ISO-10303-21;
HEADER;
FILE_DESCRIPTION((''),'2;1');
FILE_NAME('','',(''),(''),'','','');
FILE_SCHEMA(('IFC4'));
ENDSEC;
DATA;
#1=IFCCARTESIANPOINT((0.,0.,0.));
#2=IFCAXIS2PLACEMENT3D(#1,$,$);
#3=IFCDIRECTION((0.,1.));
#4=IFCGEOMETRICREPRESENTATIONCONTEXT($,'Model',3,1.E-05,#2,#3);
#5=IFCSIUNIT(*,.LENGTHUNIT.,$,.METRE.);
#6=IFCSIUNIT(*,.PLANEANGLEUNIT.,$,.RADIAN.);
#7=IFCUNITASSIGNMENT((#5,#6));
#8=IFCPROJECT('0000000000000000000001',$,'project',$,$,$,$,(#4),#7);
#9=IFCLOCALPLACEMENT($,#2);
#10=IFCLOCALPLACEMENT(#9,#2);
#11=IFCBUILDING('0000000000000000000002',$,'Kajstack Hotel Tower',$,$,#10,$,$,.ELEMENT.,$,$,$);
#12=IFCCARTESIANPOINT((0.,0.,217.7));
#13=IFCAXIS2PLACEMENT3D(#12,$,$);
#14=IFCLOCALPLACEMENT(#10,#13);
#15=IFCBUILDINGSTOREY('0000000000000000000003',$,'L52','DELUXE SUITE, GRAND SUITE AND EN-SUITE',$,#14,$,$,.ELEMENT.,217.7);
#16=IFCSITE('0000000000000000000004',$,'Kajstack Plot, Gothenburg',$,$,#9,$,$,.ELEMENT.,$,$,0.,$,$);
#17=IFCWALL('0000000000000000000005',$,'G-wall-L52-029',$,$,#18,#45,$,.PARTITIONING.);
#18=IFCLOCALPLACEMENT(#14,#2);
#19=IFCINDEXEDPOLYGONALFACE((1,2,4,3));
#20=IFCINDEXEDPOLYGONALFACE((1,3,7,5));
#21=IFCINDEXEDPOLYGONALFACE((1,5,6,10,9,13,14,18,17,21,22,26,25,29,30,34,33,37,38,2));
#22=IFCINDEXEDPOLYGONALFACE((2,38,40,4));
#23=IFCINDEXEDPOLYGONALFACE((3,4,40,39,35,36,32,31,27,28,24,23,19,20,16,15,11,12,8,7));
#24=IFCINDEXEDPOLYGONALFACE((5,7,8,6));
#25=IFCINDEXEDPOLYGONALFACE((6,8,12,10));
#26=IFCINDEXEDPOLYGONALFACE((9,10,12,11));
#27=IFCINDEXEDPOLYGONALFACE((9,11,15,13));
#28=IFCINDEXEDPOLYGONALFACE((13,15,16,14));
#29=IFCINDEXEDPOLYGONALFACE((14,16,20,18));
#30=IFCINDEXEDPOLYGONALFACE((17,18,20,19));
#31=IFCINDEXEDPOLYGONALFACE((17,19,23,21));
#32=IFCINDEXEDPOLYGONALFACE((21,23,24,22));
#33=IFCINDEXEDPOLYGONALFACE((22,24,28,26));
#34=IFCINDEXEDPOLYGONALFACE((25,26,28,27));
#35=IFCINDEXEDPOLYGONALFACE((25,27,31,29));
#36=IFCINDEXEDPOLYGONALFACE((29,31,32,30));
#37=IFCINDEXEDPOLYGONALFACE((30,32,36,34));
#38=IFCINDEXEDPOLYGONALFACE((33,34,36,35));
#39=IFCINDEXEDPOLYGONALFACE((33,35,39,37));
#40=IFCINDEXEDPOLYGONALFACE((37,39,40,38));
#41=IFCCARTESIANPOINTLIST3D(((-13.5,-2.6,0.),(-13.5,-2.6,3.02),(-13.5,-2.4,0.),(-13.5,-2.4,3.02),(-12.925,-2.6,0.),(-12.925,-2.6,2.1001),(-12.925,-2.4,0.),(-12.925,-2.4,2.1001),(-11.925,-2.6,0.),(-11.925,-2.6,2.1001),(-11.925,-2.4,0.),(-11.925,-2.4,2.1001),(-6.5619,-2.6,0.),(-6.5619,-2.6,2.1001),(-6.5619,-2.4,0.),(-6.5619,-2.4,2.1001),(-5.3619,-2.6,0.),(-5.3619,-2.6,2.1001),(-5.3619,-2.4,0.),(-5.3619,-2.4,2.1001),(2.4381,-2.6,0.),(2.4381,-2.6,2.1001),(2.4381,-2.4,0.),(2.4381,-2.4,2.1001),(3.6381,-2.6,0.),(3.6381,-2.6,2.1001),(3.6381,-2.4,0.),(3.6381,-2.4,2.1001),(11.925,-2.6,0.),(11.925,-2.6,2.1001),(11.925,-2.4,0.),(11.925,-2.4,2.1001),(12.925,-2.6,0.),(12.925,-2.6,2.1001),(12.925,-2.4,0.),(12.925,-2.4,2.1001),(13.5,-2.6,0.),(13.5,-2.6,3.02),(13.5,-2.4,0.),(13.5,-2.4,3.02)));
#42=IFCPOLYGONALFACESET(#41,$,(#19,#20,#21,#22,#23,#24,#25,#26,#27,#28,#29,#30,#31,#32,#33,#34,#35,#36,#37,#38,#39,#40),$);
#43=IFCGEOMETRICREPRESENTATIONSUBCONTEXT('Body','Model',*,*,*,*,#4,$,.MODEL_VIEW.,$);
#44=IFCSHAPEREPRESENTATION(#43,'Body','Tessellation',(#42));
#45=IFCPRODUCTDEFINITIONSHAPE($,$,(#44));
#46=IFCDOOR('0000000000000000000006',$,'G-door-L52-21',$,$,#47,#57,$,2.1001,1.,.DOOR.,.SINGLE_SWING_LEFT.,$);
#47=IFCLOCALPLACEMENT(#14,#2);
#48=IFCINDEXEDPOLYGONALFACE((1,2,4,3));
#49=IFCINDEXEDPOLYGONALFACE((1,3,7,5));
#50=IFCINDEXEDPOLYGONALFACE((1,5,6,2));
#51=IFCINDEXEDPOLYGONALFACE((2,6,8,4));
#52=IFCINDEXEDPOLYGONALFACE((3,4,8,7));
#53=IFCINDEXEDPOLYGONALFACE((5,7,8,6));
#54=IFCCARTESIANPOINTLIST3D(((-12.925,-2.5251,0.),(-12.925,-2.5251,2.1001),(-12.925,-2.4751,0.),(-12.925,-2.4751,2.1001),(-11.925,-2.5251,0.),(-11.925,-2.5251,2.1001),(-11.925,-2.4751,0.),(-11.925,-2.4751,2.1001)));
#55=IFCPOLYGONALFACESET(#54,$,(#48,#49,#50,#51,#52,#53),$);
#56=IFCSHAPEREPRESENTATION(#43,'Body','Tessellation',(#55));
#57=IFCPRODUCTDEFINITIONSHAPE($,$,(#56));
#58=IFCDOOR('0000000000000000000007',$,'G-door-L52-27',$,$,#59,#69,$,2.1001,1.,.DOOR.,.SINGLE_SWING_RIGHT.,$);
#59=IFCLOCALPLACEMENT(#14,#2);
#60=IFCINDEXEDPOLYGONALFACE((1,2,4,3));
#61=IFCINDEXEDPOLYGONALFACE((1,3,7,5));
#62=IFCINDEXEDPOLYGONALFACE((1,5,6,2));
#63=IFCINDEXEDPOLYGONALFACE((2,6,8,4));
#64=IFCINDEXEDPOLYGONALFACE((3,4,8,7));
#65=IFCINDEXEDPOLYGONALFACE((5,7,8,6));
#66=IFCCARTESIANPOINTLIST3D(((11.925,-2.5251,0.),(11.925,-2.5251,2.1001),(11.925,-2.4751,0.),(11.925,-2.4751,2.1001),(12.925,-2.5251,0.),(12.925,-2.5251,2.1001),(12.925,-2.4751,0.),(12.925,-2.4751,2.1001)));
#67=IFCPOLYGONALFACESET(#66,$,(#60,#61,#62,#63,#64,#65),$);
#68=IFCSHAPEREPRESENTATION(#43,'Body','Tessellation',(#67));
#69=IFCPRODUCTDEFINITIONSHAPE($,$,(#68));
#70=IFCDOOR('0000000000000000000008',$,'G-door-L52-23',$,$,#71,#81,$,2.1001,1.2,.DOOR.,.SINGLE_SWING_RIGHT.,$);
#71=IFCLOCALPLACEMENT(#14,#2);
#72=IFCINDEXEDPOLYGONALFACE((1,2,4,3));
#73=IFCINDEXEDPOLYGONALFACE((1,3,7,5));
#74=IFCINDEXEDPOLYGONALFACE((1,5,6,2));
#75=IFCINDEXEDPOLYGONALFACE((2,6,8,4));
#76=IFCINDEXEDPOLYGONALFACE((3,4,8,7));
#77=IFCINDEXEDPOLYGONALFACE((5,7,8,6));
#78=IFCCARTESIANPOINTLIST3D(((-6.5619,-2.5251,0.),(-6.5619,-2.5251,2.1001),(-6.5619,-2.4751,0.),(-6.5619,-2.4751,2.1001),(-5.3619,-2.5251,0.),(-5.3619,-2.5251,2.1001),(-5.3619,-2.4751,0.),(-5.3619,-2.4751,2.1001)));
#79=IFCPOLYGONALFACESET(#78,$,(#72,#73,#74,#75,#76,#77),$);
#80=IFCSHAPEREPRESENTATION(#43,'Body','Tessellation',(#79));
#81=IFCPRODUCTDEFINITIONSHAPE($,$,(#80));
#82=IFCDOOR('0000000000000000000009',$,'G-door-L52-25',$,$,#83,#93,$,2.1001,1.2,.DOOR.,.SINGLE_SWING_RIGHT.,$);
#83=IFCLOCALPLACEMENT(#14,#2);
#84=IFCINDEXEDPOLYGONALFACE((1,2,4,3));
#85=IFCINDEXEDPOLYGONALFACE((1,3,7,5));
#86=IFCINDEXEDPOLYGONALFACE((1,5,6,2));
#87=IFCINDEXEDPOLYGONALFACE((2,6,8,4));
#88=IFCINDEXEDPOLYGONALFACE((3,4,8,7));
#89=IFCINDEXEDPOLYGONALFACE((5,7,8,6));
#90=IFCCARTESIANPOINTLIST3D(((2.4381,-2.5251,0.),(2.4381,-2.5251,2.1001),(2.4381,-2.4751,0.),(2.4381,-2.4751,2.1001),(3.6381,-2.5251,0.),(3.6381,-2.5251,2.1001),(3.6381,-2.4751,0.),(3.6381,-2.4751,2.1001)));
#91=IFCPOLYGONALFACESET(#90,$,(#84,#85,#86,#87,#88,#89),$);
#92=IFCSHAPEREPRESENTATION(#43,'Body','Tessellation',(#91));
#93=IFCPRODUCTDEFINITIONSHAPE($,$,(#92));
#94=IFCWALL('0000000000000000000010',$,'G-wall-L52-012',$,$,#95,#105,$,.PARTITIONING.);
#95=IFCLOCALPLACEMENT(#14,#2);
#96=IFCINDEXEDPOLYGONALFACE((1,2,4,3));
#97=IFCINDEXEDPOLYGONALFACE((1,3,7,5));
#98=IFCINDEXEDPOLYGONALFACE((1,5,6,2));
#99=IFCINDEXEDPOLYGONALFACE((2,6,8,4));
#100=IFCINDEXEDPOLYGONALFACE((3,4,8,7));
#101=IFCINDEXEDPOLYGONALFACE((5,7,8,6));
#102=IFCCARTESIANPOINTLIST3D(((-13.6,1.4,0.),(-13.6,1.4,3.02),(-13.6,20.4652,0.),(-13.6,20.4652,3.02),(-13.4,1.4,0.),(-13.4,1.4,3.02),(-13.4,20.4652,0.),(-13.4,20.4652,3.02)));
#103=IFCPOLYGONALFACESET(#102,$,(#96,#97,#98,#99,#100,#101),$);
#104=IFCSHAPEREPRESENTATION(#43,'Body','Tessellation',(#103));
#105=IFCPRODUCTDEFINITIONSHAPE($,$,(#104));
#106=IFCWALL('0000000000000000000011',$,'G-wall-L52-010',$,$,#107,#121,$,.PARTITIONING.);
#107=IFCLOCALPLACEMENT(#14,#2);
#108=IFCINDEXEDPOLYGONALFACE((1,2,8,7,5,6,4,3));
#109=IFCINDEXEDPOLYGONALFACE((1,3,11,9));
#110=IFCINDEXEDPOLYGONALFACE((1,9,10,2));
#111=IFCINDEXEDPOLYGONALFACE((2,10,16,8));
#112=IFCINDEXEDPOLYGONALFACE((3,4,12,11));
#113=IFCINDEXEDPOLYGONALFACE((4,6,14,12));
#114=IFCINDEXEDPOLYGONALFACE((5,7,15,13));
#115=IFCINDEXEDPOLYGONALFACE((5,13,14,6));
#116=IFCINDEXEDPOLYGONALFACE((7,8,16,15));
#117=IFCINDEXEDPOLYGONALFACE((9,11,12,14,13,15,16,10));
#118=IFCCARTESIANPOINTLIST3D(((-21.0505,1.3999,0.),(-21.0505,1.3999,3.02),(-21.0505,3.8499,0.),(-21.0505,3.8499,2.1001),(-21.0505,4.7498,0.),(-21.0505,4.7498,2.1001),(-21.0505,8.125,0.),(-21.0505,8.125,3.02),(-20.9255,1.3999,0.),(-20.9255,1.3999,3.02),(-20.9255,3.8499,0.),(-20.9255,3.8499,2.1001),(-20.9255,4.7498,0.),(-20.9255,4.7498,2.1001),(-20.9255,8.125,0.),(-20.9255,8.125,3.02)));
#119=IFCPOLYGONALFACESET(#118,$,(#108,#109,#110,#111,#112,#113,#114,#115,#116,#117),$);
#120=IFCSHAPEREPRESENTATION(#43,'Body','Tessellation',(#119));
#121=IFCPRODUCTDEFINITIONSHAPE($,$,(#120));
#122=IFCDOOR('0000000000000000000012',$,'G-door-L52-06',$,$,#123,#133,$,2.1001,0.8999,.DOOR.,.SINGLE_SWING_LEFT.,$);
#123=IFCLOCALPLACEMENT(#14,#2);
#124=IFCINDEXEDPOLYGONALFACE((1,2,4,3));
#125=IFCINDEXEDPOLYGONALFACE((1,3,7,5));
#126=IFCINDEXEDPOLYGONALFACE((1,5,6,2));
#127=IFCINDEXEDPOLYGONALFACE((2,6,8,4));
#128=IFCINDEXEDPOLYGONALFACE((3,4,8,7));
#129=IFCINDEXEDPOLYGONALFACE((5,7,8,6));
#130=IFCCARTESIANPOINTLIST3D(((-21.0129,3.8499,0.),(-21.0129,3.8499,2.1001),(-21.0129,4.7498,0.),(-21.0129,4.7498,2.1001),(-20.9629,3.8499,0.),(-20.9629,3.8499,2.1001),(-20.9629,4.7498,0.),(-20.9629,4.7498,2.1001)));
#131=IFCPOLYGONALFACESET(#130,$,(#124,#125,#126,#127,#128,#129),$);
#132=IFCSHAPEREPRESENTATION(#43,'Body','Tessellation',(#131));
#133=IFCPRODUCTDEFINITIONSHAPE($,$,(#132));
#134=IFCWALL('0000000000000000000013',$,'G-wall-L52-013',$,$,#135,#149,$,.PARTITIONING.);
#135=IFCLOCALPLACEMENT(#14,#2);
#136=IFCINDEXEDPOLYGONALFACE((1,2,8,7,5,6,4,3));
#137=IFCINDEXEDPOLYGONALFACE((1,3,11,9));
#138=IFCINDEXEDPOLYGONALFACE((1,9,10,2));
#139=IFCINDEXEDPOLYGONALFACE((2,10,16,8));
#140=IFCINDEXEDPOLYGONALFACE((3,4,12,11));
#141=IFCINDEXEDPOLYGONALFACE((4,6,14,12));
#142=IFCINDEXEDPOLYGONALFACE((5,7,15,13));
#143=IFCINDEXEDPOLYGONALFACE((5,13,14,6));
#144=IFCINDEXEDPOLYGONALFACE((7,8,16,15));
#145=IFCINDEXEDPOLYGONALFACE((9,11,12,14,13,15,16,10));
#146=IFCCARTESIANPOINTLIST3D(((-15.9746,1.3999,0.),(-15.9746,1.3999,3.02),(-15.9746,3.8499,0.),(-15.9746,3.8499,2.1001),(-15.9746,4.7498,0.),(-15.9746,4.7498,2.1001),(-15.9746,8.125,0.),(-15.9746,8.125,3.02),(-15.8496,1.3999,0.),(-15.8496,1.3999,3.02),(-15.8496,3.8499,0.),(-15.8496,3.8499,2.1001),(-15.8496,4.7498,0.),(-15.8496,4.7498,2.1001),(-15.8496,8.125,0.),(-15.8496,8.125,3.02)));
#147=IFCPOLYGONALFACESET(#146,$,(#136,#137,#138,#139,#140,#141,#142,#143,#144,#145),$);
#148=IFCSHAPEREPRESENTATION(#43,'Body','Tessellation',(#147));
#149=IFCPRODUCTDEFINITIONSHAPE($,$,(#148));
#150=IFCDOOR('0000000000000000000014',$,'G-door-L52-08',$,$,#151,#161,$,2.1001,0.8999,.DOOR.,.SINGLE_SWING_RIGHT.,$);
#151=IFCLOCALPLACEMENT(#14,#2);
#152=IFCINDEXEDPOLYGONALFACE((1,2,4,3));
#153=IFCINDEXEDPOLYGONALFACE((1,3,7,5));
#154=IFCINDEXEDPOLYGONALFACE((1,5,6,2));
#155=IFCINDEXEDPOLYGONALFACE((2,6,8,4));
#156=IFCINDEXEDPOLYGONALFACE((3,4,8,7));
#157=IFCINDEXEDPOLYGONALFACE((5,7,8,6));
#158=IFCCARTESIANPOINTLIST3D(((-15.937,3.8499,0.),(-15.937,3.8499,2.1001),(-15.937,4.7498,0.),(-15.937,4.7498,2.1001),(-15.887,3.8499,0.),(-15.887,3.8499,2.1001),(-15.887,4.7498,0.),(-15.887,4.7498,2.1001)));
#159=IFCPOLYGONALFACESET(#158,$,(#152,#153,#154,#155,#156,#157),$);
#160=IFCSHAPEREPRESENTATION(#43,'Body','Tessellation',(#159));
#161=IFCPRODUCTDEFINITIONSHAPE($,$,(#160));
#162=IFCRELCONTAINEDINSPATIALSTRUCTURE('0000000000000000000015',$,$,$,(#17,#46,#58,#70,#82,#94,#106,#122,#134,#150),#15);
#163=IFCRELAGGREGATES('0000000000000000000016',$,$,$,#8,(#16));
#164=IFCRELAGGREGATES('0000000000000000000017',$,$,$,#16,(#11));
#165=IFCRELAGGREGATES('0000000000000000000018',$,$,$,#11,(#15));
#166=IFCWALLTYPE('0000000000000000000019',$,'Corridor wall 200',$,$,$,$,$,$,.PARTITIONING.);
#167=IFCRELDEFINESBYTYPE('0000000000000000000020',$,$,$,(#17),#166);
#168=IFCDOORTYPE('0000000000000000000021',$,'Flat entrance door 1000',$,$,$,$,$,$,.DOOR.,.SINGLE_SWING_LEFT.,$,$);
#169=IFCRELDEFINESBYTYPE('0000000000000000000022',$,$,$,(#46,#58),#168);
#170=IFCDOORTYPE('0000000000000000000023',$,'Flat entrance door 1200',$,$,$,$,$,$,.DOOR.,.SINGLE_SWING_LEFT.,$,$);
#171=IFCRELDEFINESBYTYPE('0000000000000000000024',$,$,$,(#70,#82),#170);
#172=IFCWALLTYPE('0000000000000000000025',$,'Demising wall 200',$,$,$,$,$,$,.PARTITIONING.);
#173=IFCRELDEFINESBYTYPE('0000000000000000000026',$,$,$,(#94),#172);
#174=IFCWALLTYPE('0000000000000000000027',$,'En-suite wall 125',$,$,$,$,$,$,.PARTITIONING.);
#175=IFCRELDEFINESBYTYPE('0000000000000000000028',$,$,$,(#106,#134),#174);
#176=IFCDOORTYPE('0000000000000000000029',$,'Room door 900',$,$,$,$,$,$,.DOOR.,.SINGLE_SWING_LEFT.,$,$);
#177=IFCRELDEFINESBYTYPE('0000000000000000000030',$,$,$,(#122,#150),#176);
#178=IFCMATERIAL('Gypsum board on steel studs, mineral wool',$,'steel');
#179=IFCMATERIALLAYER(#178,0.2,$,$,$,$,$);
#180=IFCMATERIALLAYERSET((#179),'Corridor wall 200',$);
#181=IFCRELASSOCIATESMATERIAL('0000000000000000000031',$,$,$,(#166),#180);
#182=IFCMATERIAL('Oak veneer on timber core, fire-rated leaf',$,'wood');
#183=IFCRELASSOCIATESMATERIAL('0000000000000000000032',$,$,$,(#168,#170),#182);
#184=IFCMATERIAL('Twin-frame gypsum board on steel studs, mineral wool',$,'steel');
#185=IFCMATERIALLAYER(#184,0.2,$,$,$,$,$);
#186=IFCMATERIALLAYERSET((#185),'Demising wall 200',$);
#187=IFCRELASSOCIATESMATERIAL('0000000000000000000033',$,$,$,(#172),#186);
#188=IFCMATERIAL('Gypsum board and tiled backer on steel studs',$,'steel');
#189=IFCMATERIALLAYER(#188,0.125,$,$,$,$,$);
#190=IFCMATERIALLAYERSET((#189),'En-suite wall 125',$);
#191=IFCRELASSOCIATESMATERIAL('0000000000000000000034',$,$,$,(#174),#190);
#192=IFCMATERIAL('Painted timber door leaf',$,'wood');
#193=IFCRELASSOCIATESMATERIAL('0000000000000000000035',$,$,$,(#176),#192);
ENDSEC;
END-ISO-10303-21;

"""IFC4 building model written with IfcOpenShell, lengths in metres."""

from ifc_helpers import new_model, si_unit, direction, frame, frame_2d, origin, place, context, subcontext, project, spatial, rectangle, extrude, material, layer, layer_set, type_object, element, fill, save


model = new_model("IFC4")

# Units and contexts
model_context = context("Model", 3, precision=1e-05, world=origin(), true_north=direction((0.0, 1.0)))
body_context = subcontext(model_context, "Body", "Model", "MODEL_VIEW")
ifc_project = project(units=[si_unit("LENGTHUNIT", "METRE"), si_unit("PLANEANGLEUNIT", "RADIAN")], contexts=[model_context])

# Site, building, storey
site_placement = place(None, origin())
site = spatial("IfcSite", under=ifc_project, at=site_placement, Name="Kajstack Plot, Gothenburg", CompositionType="ELEMENT", RefElevation=0.0)
building_placement = place(site_placement, origin())
building = spatial("IfcBuilding", under=site, at=building_placement, Name="Kajstack Hotel Tower", CompositionType="ELEMENT")
storey_placement = place(building_placement, frame((0.0, 0.0, 217.7)))
storey = spatial("IfcBuildingStorey", under=building, at=storey_placement, Name="L52", Description="DELUXE SUITE, GRAND SUITE AND EN-SUITE", CompositionType="ELEMENT", Elevation=217.7)

# Wall, openings, doors
ifc_material_1 = material(Name="Gypsum board on steel studs, mineral wool", Category="steel")
ifc_layer_1 = layer(ifc_material_1, 0.2)
ifc_layer_set_1 = layer_set([ifc_layer_1], Name="Corridor wall 200")
wall_type_1 = type_object("IfcWallType", Name="Corridor wall 200", PredefinedType="PARTITIONING", material=ifc_layer_set_1)
ifc_material_2 = material(Name="Oak veneer on timber core, fire-rated leaf", Category="wood")
door_type_1 = type_object("IfcDoorType", Name="Flat entrance door 1000", OperationType="SINGLE_SWING_LEFT", PredefinedType="DOOR", material=ifc_material_2)
wall_1_placement = place(storey_placement, frame((-13.5, -2.5, 0.0), z_axis=(0.0, 0.0, 1.0), x_axis=(1.0, 0.0, 0.0)))
wall_1 = element("IfcWall", 1, at=wall_1_placement, inside=storey, type_object=wall_type_1, Name="G-wall-L52-029", PredefinedType="PARTITIONING", context=body_context, shape_type="SweptSolid", body=[
    extrude(rectangle(XDim=27.0, YDim=0.2, at=frame_2d((13.5, 0.0))), origin(), (0.0, 0.0, 1.0), 3.02),
])
opening_1_placement = place(wall_1_placement, frame((0.575, 0.0, 0.0)))
opening_1 = element("IfcOpeningElement", 2, at=opening_1_placement, cuts=wall_1, PredefinedType="OPENING", context=body_context, shape_type="SweptSolid", body=[
    extrude(rectangle(XDim=1.0, YDim=2.1001, at=frame_2d((0.5, 1.05))), frame((0.0, 0.1099, 0.0), z_axis=(0.0, -1.0, 0.0), x_axis=(1.0, 0.0, 0.0)), (0.0, 0.0, 1.0), 0.22),
])
opening_2_placement = place(wall_1_placement, frame((6.938, 0.0, 0.0)))
opening_2 = element("IfcOpeningElement", 3, at=opening_2_placement, cuts=wall_1, PredefinedType="OPENING", context=body_context, shape_type="SweptSolid", body=[
    extrude(rectangle(XDim=1.2, YDim=2.1001, at=frame_2d((0.6001, 1.05))), frame((0.0, 0.1099, 0.0), z_axis=(0.0, -1.0, 0.0), x_axis=(1.0, 0.0, 0.0)), (0.0, 0.0, 1.0), 0.22),
])
opening_3_placement = place(wall_1_placement, frame((15.938, 0.0, 0.0)))
opening_3 = element("IfcOpeningElement", 4, at=opening_3_placement, cuts=wall_1, PredefinedType="OPENING", context=body_context, shape_type="SweptSolid", body=[
    extrude(rectangle(XDim=1.2, YDim=2.1001, at=frame_2d((0.6001, 1.05))), frame((0.0, 0.1099, 0.0), z_axis=(0.0, -1.0, 0.0), x_axis=(1.0, 0.0, 0.0)), (0.0, 0.0, 1.0), 0.22),
])
opening_4_placement = place(wall_1_placement, frame((25.425, 0.0, 0.0)))
opening_4 = element("IfcOpeningElement", 5, at=opening_4_placement, cuts=wall_1, PredefinedType="OPENING", context=body_context, shape_type="SweptSolid", body=[
    extrude(rectangle(XDim=1.0, YDim=2.1001, at=frame_2d((0.5, 1.05))), frame((0.0, 0.1099, 0.0), z_axis=(0.0, -1.0, 0.0), x_axis=(1.0, 0.0, 0.0)), (0.0, 0.0, 1.0), 0.22),
])
door_1_placement = place(opening_1_placement, origin())
door_1 = element("IfcDoor", 6, at=door_1_placement, inside=storey, type_object=door_type_1, Name="G-door-L52-21", OperationType="SINGLE_SWING_LEFT", OverallHeight=2.1001, OverallWidth=1.0, PredefinedType="DOOR", context=body_context, shape_type="SweptSolid", body=[
    extrude(rectangle(XDim=1.0, YDim=2.1001, at=frame_2d((0.5, 1.05))), frame((0.0, 0.0249, 0.0), z_axis=(0.0, -1.0, 0.0), x_axis=(1.0, 0.0, 0.0)), (0.0, 0.0, 1.0), 0.05),
])
fill(opening_1, door_1)
door_2_placement = place(opening_4_placement, origin())
door_2 = element("IfcDoor", 7, at=door_2_placement, inside=storey, type_object=door_type_1, Name="G-door-L52-27", OperationType="SINGLE_SWING_RIGHT", OverallHeight=2.1001, OverallWidth=1.0, PredefinedType="DOOR", context=body_context, shape_type="SweptSolid", body=[
    extrude(rectangle(XDim=1.0, YDim=2.1001, at=frame_2d((0.5, 1.05))), frame((0.0, 0.0249, 0.0), z_axis=(0.0, -1.0, 0.0), x_axis=(1.0, 0.0, 0.0)), (0.0, 0.0, 1.0), 0.05),
])
fill(opening_4, door_2)
door_type_2 = type_object("IfcDoorType", Name="Flat entrance door 1200", OperationType="SINGLE_SWING_LEFT", PredefinedType="DOOR", material=ifc_material_2)
door_3_placement = place(opening_2_placement, origin())
door_3 = element("IfcDoor", 8, at=door_3_placement, inside=storey, type_object=door_type_2, Name="G-door-L52-23", OperationType="SINGLE_SWING_RIGHT", OverallHeight=2.1001, OverallWidth=1.2, PredefinedType="DOOR", context=body_context, shape_type="SweptSolid", body=[
    extrude(rectangle(XDim=1.2, YDim=2.1001, at=frame_2d((0.6001, 1.05))), frame((0.0, 0.0249, 0.0), z_axis=(0.0, -1.0, 0.0), x_axis=(1.0, 0.0, 0.0)), (0.0, 0.0, 1.0), 0.05),
])
fill(opening_2, door_3)
door_4_placement = place(opening_3_placement, origin())
door_4 = element("IfcDoor", 9, at=door_4_placement, inside=storey, type_object=door_type_2, Name="G-door-L52-25", OperationType="SINGLE_SWING_RIGHT", OverallHeight=2.1001, OverallWidth=1.2, PredefinedType="DOOR", context=body_context, shape_type="SweptSolid", body=[
    extrude(rectangle(XDim=1.2, YDim=2.1001, at=frame_2d((0.6001, 1.05))), frame((0.0, 0.0249, 0.0), z_axis=(0.0, -1.0, 0.0), x_axis=(1.0, 0.0, 0.0)), (0.0, 0.0, 1.0), 0.05),
])
fill(opening_3, door_4)

# Wall
ifc_material_3 = material(Name="Twin-frame gypsum board on steel studs, mineral wool", Category="steel")
ifc_layer_2 = layer(ifc_material_3, 0.2)
ifc_layer_set_2 = layer_set([ifc_layer_2], Name="Demising wall 200")
wall_type_2 = type_object("IfcWallType", Name="Demising wall 200", PredefinedType="PARTITIONING", material=ifc_layer_set_2)
wall_2_placement = place(storey_placement, frame((-13.5, 1.3999, 0.0), z_axis=(0.0, 0.0, 1.0), x_axis=(0.0, 1.0, 0.0)))
element("IfcWall", 10, at=wall_2_placement, inside=storey, type_object=wall_type_2, Name="G-wall-L52-012", PredefinedType="PARTITIONING", context=body_context, shape_type="SweptSolid", body=[
    extrude(rectangle(XDim=19.0652, YDim=0.2, at=frame_2d((9.5327, 0.0))), origin(), (0.0, 0.0, 1.0), 3.02),
])

# Walls, openings, doors
ifc_material_4 = material(Name="Gypsum board and tiled backer on steel studs", Category="steel")
ifc_layer_3 = layer(ifc_material_4, 0.125)
ifc_layer_set_3 = layer_set([ifc_layer_3], Name="En-suite wall 125")
wall_type_3 = type_object("IfcWallType", Name="En-suite wall 125", PredefinedType="PARTITIONING", material=ifc_layer_set_3)
wall_3_placement = place(storey_placement, frame((-20.988, 1.3999, 0.0), z_axis=(0.0, 0.0, 1.0), x_axis=(0.0, 1.0, 0.0)))
wall_3 = element("IfcWall", 11, at=wall_3_placement, inside=storey, type_object=wall_type_3, Name="G-wall-L52-010", PredefinedType="PARTITIONING", context=body_context, shape_type="SweptSolid", body=[
    extrude(rectangle(XDim=6.7251, YDim=0.125, at=frame_2d((3.3625, 0.0))), origin(), (0.0, 0.0, 1.0), 3.02),
])
opening_5_placement = place(wall_3_placement, frame((2.45, 0.0, 0.0)))
opening_5 = element("IfcOpeningElement", 12, at=opening_5_placement, cuts=wall_3, PredefinedType="OPENING", context=body_context, shape_type="SweptSolid", body=[
    extrude(rectangle(XDim=0.8999, YDim=2.1001, at=frame_2d((0.45, 1.05))), frame((0.0, 0.0725, 0.0), z_axis=(0.0, -1.0, 0.0), x_axis=(1.0, 0.0, 0.0)), (0.0, 0.0, 1.0), 0.145),
])
ifc_material_5 = material(Name="Painted timber door leaf", Category="wood")
door_type_3 = type_object("IfcDoorType", Name="Room door 900", OperationType="SINGLE_SWING_LEFT", PredefinedType="DOOR", material=ifc_material_5)
door_5_placement = place(opening_5_placement, origin())
door_5 = element("IfcDoor", 13, at=door_5_placement, inside=storey, type_object=door_type_3, Name="G-door-L52-06", OperationType="SINGLE_SWING_LEFT", OverallHeight=2.1001, OverallWidth=0.8999, PredefinedType="DOOR", context=body_context, shape_type="SweptSolid", body=[
    extrude(rectangle(XDim=0.8999, YDim=2.1001, at=frame_2d((0.45, 1.05))), frame((0.0, 0.0249, 0.0), z_axis=(0.0, -1.0, 0.0), x_axis=(1.0, 0.0, 0.0)), (0.0, 0.0, 1.0), 0.05),
])
fill(opening_5, door_5)
wall_4_placement = place(storey_placement, frame((-15.9121, 1.3999, 0.0), z_axis=(0.0, 0.0, 1.0), x_axis=(0.0, 1.0, 0.0)))
wall_4 = element("IfcWall", 14, at=wall_4_placement, inside=storey, type_object=wall_type_3, Name="G-wall-L52-013", PredefinedType="PARTITIONING", context=body_context, shape_type="SweptSolid", body=[
    extrude(rectangle(XDim=6.7251, YDim=0.125, at=frame_2d((3.3625, 0.0))), origin(), (0.0, 0.0, 1.0), 3.02),
])
opening_6_placement = place(wall_4_placement, frame((2.45, 0.0, 0.0)))
opening_6 = element("IfcOpeningElement", 15, at=opening_6_placement, cuts=wall_4, PredefinedType="OPENING", context=body_context, shape_type="SweptSolid", body=[
    extrude(rectangle(XDim=0.8999, YDim=2.1001, at=frame_2d((0.45, 1.05))), frame((0.0, 0.0725, 0.0), z_axis=(0.0, -1.0, 0.0), x_axis=(1.0, 0.0, 0.0)), (0.0, 0.0, 1.0), 0.145),
])
door_6_placement = place(opening_6_placement, origin())
door_6 = element("IfcDoor", 16, at=door_6_placement, inside=storey, type_object=door_type_3, Name="G-door-L52-08", OperationType="SINGLE_SWING_RIGHT", OverallHeight=2.1001, OverallWidth=0.8999, PredefinedType="DOOR", context=body_context, shape_type="SweptSolid", body=[
    extrude(rectangle(XDim=0.8999, YDim=2.1001, at=frame_2d((0.45, 1.05))), frame((0.0, 0.0249, 0.0), z_axis=(0.0, -1.0, 0.0), x_axis=(1.0, 0.0, 0.0)), (0.0, 0.0, 1.0), 0.05),
])
fill(opening_6, door_6)

save(model, "model.ifc")
